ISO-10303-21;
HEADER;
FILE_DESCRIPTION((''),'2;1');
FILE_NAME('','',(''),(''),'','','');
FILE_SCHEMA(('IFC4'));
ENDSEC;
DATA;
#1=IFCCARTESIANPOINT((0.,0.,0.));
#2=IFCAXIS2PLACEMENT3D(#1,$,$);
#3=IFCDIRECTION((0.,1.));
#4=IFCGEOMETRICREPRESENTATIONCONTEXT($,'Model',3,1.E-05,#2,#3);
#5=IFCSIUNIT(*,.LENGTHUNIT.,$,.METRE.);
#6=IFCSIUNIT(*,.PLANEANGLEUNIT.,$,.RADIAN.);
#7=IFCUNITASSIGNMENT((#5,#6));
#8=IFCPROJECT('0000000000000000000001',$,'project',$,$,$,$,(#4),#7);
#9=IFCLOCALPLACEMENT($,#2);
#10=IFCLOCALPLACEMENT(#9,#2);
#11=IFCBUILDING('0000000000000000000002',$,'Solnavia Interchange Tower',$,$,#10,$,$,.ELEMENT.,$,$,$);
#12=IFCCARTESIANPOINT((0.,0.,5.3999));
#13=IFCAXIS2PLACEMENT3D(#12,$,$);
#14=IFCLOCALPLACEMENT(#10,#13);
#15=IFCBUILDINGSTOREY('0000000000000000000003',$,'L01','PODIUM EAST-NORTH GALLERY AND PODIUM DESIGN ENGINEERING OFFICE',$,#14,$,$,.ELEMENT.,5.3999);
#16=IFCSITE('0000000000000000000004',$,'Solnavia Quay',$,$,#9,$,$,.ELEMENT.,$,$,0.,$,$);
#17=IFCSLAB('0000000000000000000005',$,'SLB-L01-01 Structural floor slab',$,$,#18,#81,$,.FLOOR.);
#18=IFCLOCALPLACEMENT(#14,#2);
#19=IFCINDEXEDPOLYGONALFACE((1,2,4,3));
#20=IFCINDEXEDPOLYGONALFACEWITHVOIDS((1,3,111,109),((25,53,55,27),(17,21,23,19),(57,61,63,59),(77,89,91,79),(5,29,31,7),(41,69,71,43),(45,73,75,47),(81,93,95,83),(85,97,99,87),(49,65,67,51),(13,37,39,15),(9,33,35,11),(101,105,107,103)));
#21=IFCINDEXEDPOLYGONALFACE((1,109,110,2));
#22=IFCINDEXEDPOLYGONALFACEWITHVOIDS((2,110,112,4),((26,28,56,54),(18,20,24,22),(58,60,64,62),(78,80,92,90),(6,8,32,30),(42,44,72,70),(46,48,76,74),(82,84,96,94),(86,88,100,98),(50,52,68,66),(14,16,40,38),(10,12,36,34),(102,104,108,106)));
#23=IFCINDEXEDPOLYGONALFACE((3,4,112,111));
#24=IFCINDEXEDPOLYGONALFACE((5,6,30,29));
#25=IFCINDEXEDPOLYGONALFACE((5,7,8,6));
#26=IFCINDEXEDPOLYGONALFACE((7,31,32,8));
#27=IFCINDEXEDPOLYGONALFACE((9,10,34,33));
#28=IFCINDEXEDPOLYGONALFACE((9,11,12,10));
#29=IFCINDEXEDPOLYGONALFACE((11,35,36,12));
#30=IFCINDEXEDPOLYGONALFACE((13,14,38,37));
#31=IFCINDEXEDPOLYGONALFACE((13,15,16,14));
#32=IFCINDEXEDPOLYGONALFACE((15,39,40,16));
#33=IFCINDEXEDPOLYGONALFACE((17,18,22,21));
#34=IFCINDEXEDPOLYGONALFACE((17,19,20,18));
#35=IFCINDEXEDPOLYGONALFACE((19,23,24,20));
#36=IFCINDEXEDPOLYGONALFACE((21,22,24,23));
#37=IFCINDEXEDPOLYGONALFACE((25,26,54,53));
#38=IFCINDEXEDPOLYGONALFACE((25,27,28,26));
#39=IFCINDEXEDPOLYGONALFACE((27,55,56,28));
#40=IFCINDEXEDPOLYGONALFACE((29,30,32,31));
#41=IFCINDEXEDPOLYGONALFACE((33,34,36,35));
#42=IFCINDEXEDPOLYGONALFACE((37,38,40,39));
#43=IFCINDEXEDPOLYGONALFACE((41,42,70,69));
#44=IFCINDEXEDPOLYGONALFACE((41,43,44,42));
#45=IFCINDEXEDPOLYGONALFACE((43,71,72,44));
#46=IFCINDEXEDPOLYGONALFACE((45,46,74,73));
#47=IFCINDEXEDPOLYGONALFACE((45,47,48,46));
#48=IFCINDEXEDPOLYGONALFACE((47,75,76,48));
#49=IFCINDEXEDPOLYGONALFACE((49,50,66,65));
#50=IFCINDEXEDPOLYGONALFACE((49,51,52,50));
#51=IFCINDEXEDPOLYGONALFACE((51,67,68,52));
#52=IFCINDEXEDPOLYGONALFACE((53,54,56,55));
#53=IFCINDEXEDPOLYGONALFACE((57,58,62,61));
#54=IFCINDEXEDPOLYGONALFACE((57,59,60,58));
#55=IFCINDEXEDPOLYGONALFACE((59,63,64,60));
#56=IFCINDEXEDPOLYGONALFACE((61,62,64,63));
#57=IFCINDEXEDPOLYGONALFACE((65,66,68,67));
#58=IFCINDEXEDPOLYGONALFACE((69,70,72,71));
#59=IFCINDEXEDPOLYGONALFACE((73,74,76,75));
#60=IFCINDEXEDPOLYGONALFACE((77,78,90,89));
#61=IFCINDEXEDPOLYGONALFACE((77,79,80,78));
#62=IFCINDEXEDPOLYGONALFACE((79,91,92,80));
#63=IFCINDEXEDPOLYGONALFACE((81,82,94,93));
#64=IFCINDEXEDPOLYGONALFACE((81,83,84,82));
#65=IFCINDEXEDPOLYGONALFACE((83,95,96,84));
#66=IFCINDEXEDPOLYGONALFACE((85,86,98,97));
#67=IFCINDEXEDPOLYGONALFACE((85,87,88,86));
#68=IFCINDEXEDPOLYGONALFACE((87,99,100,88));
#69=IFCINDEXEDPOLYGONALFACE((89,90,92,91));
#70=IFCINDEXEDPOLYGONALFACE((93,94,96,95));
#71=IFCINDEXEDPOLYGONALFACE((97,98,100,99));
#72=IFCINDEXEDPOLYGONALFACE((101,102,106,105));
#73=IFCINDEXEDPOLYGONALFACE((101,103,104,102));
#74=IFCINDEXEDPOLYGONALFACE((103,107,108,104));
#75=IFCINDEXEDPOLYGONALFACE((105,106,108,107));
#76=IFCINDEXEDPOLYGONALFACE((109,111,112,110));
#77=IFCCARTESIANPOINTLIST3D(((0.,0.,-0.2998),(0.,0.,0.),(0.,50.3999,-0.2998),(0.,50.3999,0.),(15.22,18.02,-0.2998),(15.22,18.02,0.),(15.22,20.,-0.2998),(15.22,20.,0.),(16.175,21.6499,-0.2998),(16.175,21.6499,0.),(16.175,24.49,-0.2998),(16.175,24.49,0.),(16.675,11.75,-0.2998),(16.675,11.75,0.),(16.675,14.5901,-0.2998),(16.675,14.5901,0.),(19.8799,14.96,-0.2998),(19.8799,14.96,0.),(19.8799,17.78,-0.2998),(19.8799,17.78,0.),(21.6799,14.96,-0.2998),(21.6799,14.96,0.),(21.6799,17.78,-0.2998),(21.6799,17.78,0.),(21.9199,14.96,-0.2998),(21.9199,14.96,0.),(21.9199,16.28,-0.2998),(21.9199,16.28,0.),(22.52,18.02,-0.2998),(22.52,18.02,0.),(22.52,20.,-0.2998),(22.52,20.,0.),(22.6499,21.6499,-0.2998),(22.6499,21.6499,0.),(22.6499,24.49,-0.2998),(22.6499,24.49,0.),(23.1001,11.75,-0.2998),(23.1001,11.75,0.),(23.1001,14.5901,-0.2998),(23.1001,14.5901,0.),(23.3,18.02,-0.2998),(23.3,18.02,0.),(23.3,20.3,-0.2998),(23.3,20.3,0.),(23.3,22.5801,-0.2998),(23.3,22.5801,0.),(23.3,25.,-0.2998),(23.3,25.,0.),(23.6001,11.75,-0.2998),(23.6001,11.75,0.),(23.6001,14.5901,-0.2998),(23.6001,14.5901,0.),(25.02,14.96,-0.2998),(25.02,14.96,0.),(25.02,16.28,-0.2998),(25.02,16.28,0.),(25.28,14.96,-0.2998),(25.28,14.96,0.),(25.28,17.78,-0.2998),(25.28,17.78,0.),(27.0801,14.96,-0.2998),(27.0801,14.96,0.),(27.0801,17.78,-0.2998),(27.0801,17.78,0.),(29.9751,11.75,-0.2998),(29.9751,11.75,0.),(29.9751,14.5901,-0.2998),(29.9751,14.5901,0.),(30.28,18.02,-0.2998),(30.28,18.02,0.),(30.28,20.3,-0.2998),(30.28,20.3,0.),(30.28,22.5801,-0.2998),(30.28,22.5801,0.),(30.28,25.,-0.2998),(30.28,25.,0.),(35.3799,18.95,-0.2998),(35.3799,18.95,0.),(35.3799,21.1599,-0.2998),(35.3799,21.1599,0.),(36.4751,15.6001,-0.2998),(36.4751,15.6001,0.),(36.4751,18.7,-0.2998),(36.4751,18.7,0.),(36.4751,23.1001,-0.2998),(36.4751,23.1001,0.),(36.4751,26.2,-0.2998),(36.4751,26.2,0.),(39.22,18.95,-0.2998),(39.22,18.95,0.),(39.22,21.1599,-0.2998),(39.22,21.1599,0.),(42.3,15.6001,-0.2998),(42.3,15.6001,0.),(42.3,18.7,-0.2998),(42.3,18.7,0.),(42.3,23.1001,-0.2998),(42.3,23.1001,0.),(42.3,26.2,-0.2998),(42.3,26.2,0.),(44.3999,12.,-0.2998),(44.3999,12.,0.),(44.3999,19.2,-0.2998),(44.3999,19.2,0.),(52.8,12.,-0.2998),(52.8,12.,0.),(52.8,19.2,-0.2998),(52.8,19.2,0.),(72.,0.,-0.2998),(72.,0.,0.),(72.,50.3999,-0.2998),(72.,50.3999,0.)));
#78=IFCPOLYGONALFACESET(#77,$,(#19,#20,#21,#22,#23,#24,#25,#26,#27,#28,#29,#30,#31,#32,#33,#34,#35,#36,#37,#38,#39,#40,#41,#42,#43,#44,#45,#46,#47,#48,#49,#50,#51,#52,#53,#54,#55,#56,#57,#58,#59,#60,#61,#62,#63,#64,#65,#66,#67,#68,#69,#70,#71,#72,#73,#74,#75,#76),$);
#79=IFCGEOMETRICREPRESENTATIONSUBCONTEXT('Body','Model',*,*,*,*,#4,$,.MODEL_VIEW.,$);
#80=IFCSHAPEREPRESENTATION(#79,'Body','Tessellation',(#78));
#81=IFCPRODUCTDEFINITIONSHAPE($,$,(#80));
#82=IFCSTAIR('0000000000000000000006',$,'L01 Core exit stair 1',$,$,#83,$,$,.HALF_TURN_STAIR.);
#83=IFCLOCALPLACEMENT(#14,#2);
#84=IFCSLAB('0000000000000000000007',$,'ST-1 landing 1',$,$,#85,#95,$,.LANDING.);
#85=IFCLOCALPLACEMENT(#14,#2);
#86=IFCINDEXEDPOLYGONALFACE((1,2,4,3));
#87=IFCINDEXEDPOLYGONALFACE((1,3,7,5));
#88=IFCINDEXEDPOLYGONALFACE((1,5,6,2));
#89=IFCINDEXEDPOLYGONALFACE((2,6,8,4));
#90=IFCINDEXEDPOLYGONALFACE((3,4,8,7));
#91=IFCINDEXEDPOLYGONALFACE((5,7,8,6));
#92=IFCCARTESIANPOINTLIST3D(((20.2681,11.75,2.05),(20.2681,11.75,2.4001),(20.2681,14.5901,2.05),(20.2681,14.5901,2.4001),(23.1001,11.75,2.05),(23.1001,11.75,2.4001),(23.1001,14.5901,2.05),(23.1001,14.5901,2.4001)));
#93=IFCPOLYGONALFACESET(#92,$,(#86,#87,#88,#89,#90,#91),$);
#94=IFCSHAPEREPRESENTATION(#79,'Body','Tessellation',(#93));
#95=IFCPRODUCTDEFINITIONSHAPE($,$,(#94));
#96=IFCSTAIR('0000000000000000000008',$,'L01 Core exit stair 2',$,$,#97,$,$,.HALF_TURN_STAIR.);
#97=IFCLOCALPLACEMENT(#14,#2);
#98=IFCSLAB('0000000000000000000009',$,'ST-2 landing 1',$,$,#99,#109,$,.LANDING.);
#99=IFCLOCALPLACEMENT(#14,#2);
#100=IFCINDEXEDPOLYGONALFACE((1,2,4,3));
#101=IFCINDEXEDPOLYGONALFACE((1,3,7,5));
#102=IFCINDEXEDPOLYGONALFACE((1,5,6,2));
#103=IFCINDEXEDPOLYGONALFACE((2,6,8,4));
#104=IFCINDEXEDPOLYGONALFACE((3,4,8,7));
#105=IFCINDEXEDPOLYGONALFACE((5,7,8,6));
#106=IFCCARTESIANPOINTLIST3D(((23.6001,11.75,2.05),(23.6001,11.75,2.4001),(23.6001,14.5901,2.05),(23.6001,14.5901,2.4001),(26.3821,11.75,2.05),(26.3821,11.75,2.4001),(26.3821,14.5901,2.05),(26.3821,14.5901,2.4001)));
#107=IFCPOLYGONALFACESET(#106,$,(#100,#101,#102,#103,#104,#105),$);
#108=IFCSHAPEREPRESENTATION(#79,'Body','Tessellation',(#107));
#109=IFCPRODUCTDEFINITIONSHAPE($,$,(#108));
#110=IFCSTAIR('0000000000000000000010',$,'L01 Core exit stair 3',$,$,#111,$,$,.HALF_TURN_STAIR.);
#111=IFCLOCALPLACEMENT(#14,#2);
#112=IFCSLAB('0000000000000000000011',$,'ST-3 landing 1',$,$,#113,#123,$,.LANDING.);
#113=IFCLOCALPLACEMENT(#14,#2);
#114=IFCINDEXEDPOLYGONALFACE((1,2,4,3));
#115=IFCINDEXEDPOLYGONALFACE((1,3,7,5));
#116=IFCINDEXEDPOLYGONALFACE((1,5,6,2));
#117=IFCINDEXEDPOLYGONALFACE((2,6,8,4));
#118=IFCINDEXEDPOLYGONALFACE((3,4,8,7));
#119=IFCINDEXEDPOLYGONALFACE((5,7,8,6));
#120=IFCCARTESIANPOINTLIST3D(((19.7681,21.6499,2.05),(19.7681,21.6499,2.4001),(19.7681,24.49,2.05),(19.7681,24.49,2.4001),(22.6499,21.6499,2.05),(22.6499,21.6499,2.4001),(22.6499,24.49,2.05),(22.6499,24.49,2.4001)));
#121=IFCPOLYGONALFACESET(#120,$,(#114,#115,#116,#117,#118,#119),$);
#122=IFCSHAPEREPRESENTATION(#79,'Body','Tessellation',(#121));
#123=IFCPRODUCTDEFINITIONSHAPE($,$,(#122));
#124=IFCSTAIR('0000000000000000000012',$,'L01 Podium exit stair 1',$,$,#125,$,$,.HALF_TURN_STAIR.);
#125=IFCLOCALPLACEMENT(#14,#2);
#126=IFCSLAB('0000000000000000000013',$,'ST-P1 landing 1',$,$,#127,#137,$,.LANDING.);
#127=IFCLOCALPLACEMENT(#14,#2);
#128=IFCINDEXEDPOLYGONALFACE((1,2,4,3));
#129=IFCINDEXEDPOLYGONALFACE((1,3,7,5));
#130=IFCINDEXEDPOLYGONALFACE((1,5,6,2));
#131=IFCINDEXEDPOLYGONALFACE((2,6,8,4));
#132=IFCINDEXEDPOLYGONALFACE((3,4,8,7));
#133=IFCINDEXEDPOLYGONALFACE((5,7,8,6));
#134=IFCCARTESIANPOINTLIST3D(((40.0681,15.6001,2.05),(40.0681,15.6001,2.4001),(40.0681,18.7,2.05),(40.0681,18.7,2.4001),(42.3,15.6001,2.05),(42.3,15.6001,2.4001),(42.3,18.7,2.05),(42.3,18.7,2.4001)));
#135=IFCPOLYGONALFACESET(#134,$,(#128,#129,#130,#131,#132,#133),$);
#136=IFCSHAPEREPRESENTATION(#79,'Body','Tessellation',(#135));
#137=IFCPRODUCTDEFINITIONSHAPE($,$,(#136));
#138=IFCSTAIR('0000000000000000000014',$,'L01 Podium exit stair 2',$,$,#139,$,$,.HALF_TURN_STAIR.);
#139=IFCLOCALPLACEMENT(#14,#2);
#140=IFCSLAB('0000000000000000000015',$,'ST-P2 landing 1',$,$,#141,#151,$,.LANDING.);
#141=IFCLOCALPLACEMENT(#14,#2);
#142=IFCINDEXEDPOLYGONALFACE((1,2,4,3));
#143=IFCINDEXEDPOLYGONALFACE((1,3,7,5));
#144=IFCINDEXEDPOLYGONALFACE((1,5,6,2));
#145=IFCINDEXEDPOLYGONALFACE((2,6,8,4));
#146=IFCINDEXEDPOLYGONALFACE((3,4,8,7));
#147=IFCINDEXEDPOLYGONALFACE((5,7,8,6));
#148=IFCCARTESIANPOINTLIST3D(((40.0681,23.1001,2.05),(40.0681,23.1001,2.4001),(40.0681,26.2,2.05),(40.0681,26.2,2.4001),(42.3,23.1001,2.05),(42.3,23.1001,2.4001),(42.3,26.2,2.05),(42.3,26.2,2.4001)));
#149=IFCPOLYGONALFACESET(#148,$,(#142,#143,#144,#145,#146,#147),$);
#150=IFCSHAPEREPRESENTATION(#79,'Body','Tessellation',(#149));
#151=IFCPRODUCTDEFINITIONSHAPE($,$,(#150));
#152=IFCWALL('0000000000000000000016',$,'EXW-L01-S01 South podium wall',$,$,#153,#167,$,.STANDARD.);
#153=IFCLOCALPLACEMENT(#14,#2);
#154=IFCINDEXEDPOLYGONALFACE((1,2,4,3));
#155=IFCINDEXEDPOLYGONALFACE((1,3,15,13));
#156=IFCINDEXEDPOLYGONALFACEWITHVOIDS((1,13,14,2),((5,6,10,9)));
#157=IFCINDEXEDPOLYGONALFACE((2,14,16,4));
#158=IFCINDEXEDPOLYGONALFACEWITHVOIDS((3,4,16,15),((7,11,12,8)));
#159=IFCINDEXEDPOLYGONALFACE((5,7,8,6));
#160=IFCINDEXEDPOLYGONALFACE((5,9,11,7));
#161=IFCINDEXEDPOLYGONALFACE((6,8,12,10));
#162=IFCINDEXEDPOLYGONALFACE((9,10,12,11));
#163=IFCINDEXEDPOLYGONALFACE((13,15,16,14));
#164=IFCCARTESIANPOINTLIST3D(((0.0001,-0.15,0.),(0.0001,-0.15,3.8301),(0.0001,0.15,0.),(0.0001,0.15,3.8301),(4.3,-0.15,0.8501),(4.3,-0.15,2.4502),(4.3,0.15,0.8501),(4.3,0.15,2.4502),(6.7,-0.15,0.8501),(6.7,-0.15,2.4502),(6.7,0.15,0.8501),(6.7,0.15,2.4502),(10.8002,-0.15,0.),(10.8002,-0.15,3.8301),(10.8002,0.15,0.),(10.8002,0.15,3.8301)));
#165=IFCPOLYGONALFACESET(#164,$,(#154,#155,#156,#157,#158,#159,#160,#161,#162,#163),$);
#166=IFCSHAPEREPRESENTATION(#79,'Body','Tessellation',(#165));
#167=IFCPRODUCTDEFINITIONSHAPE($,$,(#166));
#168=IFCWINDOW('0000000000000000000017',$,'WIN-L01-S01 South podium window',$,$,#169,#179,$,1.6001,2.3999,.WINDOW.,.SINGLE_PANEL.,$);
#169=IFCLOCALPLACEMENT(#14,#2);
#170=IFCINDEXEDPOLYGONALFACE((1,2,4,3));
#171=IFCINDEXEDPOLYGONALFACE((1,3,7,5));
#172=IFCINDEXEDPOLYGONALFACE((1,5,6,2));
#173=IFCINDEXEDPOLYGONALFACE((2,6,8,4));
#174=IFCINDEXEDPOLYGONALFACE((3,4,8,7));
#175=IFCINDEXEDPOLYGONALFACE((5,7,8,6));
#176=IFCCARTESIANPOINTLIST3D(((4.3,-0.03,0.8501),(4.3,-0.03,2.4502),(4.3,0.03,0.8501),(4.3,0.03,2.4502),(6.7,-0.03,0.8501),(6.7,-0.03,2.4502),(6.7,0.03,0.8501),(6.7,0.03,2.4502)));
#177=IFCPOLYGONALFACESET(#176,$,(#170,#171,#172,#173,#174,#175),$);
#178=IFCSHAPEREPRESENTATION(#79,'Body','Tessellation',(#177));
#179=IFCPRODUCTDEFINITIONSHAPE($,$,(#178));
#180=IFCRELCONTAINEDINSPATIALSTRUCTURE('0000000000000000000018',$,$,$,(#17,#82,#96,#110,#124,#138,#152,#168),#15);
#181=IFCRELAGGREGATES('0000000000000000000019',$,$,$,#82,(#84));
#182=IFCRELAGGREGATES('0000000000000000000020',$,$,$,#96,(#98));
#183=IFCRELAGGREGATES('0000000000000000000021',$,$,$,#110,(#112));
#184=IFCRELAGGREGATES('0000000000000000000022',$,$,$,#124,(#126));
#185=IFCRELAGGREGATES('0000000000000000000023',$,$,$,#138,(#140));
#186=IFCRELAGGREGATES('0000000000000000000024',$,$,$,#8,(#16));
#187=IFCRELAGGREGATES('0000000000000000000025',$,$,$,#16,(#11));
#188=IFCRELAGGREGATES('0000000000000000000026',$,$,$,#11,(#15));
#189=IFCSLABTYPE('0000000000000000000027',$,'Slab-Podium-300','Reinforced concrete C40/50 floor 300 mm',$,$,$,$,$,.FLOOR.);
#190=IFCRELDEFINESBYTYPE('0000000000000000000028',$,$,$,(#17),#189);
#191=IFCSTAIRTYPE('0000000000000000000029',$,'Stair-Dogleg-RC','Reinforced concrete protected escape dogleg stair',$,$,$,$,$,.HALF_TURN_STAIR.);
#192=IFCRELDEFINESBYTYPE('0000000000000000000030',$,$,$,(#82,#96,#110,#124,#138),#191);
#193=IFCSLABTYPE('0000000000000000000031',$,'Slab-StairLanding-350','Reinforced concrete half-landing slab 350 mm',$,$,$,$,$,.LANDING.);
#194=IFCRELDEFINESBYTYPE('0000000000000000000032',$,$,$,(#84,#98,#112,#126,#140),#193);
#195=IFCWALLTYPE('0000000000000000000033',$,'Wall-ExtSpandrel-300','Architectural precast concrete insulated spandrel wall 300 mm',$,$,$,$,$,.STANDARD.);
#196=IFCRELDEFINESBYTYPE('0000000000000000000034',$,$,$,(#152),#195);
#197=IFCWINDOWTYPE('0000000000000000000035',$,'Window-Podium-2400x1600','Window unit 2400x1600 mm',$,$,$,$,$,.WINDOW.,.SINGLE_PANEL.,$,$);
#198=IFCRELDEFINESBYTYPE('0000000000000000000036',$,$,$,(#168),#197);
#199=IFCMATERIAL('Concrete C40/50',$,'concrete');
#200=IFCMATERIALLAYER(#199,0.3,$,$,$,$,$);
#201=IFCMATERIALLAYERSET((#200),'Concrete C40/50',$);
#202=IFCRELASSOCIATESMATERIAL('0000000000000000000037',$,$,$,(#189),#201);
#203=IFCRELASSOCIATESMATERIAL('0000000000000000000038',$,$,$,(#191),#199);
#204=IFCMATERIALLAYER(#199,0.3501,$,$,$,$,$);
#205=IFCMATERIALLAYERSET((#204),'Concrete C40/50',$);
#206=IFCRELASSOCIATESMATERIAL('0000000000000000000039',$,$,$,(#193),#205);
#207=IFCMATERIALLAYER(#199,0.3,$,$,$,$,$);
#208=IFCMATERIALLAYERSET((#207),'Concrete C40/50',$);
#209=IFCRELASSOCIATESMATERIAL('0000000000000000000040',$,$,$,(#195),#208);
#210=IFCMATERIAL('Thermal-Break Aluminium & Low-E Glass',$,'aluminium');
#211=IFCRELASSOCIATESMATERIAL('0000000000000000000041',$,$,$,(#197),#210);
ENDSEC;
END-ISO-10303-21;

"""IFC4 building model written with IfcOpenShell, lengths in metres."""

from ifc_helpers import new_model, si_unit, direction, frame, frame_2d, origin, place, context, subcontext, project, spatial, polyline, rectangle, outline, extrude, material, layer, layer_set, type_object, element, fill, aggregate, save


model = new_model("IFC4")

# Units and contexts
model_context = context("Model", 3, precision=1e-05, world=origin(), true_north=direction((0.0, 1.0)))
body_context = subcontext(model_context, "Body", "Model", "MODEL_VIEW")
ifc_project = project(units=[si_unit("LENGTHUNIT", "METRE"), si_unit("PLANEANGLEUNIT", "RADIAN")], contexts=[model_context])

# Site, building, storey
site_placement = place(None, origin())
site = spatial("IfcSite", under=ifc_project, at=site_placement, Name="Solnavia Quay", CompositionType="ELEMENT", RefElevation=0.0)
building_placement = place(site_placement, origin())
building = spatial("IfcBuilding", under=site, at=building_placement, Name="Solnavia Interchange Tower", CompositionType="ELEMENT")
storey_placement = place(building_placement, frame((0.0, 0.0, 5.3999)))
storey = spatial("IfcBuildingStorey", under=building, at=storey_placement, Name="L01", Description="PODIUM EAST-NORTH GALLERY AND PODIUM DESIGN ENGINEERING OFFICE", CompositionType="ELEMENT", Elevation=5.3999)

# Slab
ifc_material_1 = material(Name="Concrete C40/50", Category="concrete")
ifc_layer_1 = layer(ifc_material_1, 0.3)
ifc_layer_set_1 = layer_set([ifc_layer_1], Name="Concrete C40/50")
slab_type_1 = type_object("IfcSlabType", Name="Slab-Podium-300", Description="Reinforced concrete C40/50 floor 300 mm", PredefinedType="FLOOR", material=ifc_layer_set_1)
slab_1_placement = place(storey_placement, frame((0.0, 0.0, -0.2998)))
element("IfcSlab", 1, at=slab_1_placement, inside=storey, type_object=slab_type_1, Name="SLB-L01-01 Structural floor slab", PredefinedType="FLOOR", context=body_context, shape_type="SweptSolid", body=[
    extrude(outline(polyline([(0.0, 0.0), (72.0, 0.0), (72.0, 50.3999), (0.0, 50.3999), (0.0, 0.0)]), holes=[polyline([(16.675, 11.75), (23.1001, 11.75), (23.1001, 14.5901), (16.675, 14.5901), (16.675, 11.75)]), polyline([(23.6001, 11.75), (29.9751, 11.75), (29.9751, 14.5901), (23.6001, 14.5901), (23.6001, 11.75)]), polyline([(16.175, 21.6499), (22.6499, 21.6499), (22.6499, 24.49), (16.175, 24.49), (16.175, 21.6499)]), polyline([(36.4751, 15.6001), (42.3, 15.6001), (42.3, 18.7), (36.4751, 18.7), (36.4751, 15.6001)]), polyline([(36.4751, 23.1001), (42.3, 23.1001), (42.3, 26.2), (36.4751, 26.2), (36.4751, 23.1001)]), polyline([(19.8799, 14.96), (21.6799, 14.96), (21.6799, 17.78), (19.8799, 17.78), (19.8799, 14.96)]), polyline([(25.28, 14.96), (27.0801, 14.96), (27.0801, 17.78), (25.28, 17.78), (25.28, 14.96)]), polyline([(21.9199, 14.96), (25.02, 14.96), (25.02, 16.28), (21.9199, 16.28), (21.9199, 14.96)]), polyline([(15.22, 18.02), (22.52, 18.02), (22.52, 20.0), (15.22, 20.0), (15.22, 18.02)]), polyline([(23.3, 18.02), (30.28, 18.02), (30.28, 20.3), (23.3, 20.3), (23.3, 18.02)]), polyline([(23.3, 22.5801), (30.28, 22.5801), (30.28, 25.0), (23.3, 25.0), (23.3, 22.5801)]), polyline([(35.3799, 18.95), (39.22, 18.95), (39.22, 21.1599), (35.3799, 21.1599), (35.3799, 18.95)]), polyline([(44.3999, 12.0), (52.8, 12.0), (52.8, 19.2), (44.3999, 19.2), (44.3999, 12.0)])]), origin(), (0.0, 0.0, 1.0), 0.2998),
])

# Stairs, slabs
stair_type = type_object("IfcStairType", Name="Stair-Dogleg-RC", Description="Reinforced concrete protected escape dogleg stair", PredefinedType="HALF_TURN_STAIR", material=ifc_material_1)
stair_1_placement = place(storey_placement, origin())
stair_1 = element("IfcStair", 2, at=stair_1_placement, inside=storey, type_object=stair_type, Name="L01 Core exit stair 1", PredefinedType="HALF_TURN_STAIR")
ifc_layer_2 = layer(ifc_material_1, 0.3501)
ifc_layer_set_2 = layer_set([ifc_layer_2], Name="Concrete C40/50")
slab_type_2 = type_object("IfcSlabType", Name="Slab-StairLanding-350", Description="Reinforced concrete half-landing slab 350 mm", PredefinedType="LANDING", material=ifc_layer_set_2)
slab_2_placement = place(storey_placement, frame((0.0, 0.0, 2.05)))
slab_2 = element("IfcSlab", 3, at=slab_2_placement, type_object=slab_type_2, Name="ST-1 landing 1", PredefinedType="LANDING", context=body_context, shape_type="SweptSolid", body=[
    extrude(outline(polyline([(20.2681, 11.75), (23.1001, 11.75), (23.1001, 14.5901), (20.2681, 14.5901), (20.2681, 11.75)])), origin(), (0.0, 0.0, 1.0), 0.3501),
])
aggregate(stair_1, [slab_2])
stair_2_placement = place(storey_placement, origin())
stair_2 = element("IfcStair", 4, at=stair_2_placement, inside=storey, type_object=stair_type, Name="L01 Core exit stair 2", PredefinedType="HALF_TURN_STAIR")
slab_3_placement = place(storey_placement, frame((0.0, 0.0, 2.05)))
slab_3 = element("IfcSlab", 5, at=slab_3_placement, type_object=slab_type_2, Name="ST-2 landing 1", PredefinedType="LANDING", context=body_context, shape_type="SweptSolid", body=[
    extrude(outline(polyline([(23.6001, 11.75), (26.3821, 11.75), (26.3821, 14.5901), (23.6001, 14.5901), (23.6001, 11.75)])), origin(), (0.0, 0.0, 1.0), 0.3501),
])
aggregate(stair_2, [slab_3])
stair_3_placement = place(storey_placement, origin())
stair_3 = element("IfcStair", 6, at=stair_3_placement, inside=storey, type_object=stair_type, Name="L01 Core exit stair 3", PredefinedType="HALF_TURN_STAIR")
slab_4_placement = place(storey_placement, frame((0.0, 0.0, 2.05)))
slab_4 = element("IfcSlab", 7, at=slab_4_placement, type_object=slab_type_2, Name="ST-3 landing 1", PredefinedType="LANDING", context=body_context, shape_type="SweptSolid", body=[
    extrude(outline(polyline([(19.7681, 21.6499), (22.6499, 21.6499), (22.6499, 24.49), (19.7681, 24.49), (19.7681, 21.6499)])), origin(), (0.0, 0.0, 1.0), 0.3501),
])
aggregate(stair_3, [slab_4])
stair_4_placement = place(storey_placement, origin())
stair_4 = element("IfcStair", 8, at=stair_4_placement, inside=storey, type_object=stair_type, Name="L01 Podium exit stair 1", PredefinedType="HALF_TURN_STAIR")
slab_5_placement = place(storey_placement, frame((0.0, 0.0, 2.05)))
slab_5 = element("IfcSlab", 9, at=slab_5_placement, type_object=slab_type_2, Name="ST-P1 landing 1", PredefinedType="LANDING", context=body_context, shape_type="SweptSolid", body=[
    extrude(outline(polyline([(40.0681, 15.6001), (42.3, 15.6001), (42.3, 18.7), (40.0681, 18.7), (40.0681, 15.6001)])), origin(), (0.0, 0.0, 1.0), 0.3501),
])
aggregate(stair_4, [slab_5])
stair_5_placement = place(storey_placement, origin())
stair_5 = element("IfcStair", 10, at=stair_5_placement, inside=storey, type_object=stair_type, Name="L01 Podium exit stair 2", PredefinedType="HALF_TURN_STAIR")
slab_6_placement = place(storey_placement, frame((0.0, 0.0, 2.05)))
slab_6 = element("IfcSlab", 11, at=slab_6_placement, type_object=slab_type_2, Name="ST-P2 landing 1", PredefinedType="LANDING", context=body_context, shape_type="SweptSolid", body=[
    extrude(outline(polyline([(40.0681, 23.1001), (42.3, 23.1001), (42.3, 26.2), (40.0681, 26.2), (40.0681, 23.1001)])), origin(), (0.0, 0.0, 1.0), 0.3501),
])
aggregate(stair_5, [slab_6])

# Wall, opening, window
ifc_layer_3 = layer(ifc_material_1, 0.3)
ifc_layer_set_3 = layer_set([ifc_layer_3], Name="Concrete C40/50")
wall_type_1 = type_object("IfcWallType", Name="Wall-ExtSpandrel-300", Description="Architectural precast concrete insulated spandrel wall 300 mm", PredefinedType="STANDARD", material=ifc_layer_set_3)
wall_1_placement = place(storey_placement, frame((10.8, 0.0, 0.0), z_axis=(0.0, 0.0, 1.0), x_axis=(-1.0, 0.0, 0.0)))
wall_1 = element("IfcWall", 12, at=wall_1_placement, inside=storey, type_object=wall_type_1, Name="EXW-L01-S01 South podium wall", PredefinedType="STANDARD", context=body_context, shape_type="SweptSolid", body=[
    extrude(rectangle(XDim=10.8, YDim=0.3, at=frame_2d((5.3999, 0.0))), origin(), (0.0, 0.0, 1.0), 3.8301),
])
opening_1_placement = place(wall_1_placement, frame((4.1001, 0.0, 0.8501)))
opening_1 = element("IfcOpeningElement", 13, at=opening_1_placement, cuts=wall_1, PredefinedType="OPENING", context=body_context, shape_type="SweptSolid", body=[
    extrude(rectangle(XDim=2.3999, YDim=1.6001, at=frame_2d((1.2, 0.8))), frame((0.0, 0.1602, 0.0), z_axis=(0.0, -1.0, 0.0), x_axis=(1.0, 0.0, 0.0)), (0.0, 0.0, 1.0), 0.3201),
])
ifc_material_2 = material(Name="Thermal-Break Aluminium & Low-E Glass", Category="aluminium")
window_type = type_object("IfcWindowType", Name="Window-Podium-2400x1600", Description="Window unit 2400x1600 mm", PartitioningType="SINGLE_PANEL", PredefinedType="WINDOW", material=ifc_material_2)
window_1_placement = place(opening_1_placement, origin())
window_1 = element("IfcWindow", 14, at=window_1_placement, inside=storey, type_object=window_type, Name="WIN-L01-S01 South podium window", OverallHeight=1.6001, OverallWidth=2.3999, PartitioningType="SINGLE_PANEL", PredefinedType="WINDOW", context=body_context, shape_type="SweptSolid", body=[
    extrude(rectangle(XDim=2.3999, YDim=1.6001, at=frame_2d((1.2, 0.8))), frame((0.0, 0.03, 0.0), z_axis=(0.0, -1.0, 0.0), x_axis=(1.0, 0.0, 0.0)), (0.0, 0.0, 1.0), 0.0601),
])
fill(opening_1, window_1)

save(model, "model.ifc")
